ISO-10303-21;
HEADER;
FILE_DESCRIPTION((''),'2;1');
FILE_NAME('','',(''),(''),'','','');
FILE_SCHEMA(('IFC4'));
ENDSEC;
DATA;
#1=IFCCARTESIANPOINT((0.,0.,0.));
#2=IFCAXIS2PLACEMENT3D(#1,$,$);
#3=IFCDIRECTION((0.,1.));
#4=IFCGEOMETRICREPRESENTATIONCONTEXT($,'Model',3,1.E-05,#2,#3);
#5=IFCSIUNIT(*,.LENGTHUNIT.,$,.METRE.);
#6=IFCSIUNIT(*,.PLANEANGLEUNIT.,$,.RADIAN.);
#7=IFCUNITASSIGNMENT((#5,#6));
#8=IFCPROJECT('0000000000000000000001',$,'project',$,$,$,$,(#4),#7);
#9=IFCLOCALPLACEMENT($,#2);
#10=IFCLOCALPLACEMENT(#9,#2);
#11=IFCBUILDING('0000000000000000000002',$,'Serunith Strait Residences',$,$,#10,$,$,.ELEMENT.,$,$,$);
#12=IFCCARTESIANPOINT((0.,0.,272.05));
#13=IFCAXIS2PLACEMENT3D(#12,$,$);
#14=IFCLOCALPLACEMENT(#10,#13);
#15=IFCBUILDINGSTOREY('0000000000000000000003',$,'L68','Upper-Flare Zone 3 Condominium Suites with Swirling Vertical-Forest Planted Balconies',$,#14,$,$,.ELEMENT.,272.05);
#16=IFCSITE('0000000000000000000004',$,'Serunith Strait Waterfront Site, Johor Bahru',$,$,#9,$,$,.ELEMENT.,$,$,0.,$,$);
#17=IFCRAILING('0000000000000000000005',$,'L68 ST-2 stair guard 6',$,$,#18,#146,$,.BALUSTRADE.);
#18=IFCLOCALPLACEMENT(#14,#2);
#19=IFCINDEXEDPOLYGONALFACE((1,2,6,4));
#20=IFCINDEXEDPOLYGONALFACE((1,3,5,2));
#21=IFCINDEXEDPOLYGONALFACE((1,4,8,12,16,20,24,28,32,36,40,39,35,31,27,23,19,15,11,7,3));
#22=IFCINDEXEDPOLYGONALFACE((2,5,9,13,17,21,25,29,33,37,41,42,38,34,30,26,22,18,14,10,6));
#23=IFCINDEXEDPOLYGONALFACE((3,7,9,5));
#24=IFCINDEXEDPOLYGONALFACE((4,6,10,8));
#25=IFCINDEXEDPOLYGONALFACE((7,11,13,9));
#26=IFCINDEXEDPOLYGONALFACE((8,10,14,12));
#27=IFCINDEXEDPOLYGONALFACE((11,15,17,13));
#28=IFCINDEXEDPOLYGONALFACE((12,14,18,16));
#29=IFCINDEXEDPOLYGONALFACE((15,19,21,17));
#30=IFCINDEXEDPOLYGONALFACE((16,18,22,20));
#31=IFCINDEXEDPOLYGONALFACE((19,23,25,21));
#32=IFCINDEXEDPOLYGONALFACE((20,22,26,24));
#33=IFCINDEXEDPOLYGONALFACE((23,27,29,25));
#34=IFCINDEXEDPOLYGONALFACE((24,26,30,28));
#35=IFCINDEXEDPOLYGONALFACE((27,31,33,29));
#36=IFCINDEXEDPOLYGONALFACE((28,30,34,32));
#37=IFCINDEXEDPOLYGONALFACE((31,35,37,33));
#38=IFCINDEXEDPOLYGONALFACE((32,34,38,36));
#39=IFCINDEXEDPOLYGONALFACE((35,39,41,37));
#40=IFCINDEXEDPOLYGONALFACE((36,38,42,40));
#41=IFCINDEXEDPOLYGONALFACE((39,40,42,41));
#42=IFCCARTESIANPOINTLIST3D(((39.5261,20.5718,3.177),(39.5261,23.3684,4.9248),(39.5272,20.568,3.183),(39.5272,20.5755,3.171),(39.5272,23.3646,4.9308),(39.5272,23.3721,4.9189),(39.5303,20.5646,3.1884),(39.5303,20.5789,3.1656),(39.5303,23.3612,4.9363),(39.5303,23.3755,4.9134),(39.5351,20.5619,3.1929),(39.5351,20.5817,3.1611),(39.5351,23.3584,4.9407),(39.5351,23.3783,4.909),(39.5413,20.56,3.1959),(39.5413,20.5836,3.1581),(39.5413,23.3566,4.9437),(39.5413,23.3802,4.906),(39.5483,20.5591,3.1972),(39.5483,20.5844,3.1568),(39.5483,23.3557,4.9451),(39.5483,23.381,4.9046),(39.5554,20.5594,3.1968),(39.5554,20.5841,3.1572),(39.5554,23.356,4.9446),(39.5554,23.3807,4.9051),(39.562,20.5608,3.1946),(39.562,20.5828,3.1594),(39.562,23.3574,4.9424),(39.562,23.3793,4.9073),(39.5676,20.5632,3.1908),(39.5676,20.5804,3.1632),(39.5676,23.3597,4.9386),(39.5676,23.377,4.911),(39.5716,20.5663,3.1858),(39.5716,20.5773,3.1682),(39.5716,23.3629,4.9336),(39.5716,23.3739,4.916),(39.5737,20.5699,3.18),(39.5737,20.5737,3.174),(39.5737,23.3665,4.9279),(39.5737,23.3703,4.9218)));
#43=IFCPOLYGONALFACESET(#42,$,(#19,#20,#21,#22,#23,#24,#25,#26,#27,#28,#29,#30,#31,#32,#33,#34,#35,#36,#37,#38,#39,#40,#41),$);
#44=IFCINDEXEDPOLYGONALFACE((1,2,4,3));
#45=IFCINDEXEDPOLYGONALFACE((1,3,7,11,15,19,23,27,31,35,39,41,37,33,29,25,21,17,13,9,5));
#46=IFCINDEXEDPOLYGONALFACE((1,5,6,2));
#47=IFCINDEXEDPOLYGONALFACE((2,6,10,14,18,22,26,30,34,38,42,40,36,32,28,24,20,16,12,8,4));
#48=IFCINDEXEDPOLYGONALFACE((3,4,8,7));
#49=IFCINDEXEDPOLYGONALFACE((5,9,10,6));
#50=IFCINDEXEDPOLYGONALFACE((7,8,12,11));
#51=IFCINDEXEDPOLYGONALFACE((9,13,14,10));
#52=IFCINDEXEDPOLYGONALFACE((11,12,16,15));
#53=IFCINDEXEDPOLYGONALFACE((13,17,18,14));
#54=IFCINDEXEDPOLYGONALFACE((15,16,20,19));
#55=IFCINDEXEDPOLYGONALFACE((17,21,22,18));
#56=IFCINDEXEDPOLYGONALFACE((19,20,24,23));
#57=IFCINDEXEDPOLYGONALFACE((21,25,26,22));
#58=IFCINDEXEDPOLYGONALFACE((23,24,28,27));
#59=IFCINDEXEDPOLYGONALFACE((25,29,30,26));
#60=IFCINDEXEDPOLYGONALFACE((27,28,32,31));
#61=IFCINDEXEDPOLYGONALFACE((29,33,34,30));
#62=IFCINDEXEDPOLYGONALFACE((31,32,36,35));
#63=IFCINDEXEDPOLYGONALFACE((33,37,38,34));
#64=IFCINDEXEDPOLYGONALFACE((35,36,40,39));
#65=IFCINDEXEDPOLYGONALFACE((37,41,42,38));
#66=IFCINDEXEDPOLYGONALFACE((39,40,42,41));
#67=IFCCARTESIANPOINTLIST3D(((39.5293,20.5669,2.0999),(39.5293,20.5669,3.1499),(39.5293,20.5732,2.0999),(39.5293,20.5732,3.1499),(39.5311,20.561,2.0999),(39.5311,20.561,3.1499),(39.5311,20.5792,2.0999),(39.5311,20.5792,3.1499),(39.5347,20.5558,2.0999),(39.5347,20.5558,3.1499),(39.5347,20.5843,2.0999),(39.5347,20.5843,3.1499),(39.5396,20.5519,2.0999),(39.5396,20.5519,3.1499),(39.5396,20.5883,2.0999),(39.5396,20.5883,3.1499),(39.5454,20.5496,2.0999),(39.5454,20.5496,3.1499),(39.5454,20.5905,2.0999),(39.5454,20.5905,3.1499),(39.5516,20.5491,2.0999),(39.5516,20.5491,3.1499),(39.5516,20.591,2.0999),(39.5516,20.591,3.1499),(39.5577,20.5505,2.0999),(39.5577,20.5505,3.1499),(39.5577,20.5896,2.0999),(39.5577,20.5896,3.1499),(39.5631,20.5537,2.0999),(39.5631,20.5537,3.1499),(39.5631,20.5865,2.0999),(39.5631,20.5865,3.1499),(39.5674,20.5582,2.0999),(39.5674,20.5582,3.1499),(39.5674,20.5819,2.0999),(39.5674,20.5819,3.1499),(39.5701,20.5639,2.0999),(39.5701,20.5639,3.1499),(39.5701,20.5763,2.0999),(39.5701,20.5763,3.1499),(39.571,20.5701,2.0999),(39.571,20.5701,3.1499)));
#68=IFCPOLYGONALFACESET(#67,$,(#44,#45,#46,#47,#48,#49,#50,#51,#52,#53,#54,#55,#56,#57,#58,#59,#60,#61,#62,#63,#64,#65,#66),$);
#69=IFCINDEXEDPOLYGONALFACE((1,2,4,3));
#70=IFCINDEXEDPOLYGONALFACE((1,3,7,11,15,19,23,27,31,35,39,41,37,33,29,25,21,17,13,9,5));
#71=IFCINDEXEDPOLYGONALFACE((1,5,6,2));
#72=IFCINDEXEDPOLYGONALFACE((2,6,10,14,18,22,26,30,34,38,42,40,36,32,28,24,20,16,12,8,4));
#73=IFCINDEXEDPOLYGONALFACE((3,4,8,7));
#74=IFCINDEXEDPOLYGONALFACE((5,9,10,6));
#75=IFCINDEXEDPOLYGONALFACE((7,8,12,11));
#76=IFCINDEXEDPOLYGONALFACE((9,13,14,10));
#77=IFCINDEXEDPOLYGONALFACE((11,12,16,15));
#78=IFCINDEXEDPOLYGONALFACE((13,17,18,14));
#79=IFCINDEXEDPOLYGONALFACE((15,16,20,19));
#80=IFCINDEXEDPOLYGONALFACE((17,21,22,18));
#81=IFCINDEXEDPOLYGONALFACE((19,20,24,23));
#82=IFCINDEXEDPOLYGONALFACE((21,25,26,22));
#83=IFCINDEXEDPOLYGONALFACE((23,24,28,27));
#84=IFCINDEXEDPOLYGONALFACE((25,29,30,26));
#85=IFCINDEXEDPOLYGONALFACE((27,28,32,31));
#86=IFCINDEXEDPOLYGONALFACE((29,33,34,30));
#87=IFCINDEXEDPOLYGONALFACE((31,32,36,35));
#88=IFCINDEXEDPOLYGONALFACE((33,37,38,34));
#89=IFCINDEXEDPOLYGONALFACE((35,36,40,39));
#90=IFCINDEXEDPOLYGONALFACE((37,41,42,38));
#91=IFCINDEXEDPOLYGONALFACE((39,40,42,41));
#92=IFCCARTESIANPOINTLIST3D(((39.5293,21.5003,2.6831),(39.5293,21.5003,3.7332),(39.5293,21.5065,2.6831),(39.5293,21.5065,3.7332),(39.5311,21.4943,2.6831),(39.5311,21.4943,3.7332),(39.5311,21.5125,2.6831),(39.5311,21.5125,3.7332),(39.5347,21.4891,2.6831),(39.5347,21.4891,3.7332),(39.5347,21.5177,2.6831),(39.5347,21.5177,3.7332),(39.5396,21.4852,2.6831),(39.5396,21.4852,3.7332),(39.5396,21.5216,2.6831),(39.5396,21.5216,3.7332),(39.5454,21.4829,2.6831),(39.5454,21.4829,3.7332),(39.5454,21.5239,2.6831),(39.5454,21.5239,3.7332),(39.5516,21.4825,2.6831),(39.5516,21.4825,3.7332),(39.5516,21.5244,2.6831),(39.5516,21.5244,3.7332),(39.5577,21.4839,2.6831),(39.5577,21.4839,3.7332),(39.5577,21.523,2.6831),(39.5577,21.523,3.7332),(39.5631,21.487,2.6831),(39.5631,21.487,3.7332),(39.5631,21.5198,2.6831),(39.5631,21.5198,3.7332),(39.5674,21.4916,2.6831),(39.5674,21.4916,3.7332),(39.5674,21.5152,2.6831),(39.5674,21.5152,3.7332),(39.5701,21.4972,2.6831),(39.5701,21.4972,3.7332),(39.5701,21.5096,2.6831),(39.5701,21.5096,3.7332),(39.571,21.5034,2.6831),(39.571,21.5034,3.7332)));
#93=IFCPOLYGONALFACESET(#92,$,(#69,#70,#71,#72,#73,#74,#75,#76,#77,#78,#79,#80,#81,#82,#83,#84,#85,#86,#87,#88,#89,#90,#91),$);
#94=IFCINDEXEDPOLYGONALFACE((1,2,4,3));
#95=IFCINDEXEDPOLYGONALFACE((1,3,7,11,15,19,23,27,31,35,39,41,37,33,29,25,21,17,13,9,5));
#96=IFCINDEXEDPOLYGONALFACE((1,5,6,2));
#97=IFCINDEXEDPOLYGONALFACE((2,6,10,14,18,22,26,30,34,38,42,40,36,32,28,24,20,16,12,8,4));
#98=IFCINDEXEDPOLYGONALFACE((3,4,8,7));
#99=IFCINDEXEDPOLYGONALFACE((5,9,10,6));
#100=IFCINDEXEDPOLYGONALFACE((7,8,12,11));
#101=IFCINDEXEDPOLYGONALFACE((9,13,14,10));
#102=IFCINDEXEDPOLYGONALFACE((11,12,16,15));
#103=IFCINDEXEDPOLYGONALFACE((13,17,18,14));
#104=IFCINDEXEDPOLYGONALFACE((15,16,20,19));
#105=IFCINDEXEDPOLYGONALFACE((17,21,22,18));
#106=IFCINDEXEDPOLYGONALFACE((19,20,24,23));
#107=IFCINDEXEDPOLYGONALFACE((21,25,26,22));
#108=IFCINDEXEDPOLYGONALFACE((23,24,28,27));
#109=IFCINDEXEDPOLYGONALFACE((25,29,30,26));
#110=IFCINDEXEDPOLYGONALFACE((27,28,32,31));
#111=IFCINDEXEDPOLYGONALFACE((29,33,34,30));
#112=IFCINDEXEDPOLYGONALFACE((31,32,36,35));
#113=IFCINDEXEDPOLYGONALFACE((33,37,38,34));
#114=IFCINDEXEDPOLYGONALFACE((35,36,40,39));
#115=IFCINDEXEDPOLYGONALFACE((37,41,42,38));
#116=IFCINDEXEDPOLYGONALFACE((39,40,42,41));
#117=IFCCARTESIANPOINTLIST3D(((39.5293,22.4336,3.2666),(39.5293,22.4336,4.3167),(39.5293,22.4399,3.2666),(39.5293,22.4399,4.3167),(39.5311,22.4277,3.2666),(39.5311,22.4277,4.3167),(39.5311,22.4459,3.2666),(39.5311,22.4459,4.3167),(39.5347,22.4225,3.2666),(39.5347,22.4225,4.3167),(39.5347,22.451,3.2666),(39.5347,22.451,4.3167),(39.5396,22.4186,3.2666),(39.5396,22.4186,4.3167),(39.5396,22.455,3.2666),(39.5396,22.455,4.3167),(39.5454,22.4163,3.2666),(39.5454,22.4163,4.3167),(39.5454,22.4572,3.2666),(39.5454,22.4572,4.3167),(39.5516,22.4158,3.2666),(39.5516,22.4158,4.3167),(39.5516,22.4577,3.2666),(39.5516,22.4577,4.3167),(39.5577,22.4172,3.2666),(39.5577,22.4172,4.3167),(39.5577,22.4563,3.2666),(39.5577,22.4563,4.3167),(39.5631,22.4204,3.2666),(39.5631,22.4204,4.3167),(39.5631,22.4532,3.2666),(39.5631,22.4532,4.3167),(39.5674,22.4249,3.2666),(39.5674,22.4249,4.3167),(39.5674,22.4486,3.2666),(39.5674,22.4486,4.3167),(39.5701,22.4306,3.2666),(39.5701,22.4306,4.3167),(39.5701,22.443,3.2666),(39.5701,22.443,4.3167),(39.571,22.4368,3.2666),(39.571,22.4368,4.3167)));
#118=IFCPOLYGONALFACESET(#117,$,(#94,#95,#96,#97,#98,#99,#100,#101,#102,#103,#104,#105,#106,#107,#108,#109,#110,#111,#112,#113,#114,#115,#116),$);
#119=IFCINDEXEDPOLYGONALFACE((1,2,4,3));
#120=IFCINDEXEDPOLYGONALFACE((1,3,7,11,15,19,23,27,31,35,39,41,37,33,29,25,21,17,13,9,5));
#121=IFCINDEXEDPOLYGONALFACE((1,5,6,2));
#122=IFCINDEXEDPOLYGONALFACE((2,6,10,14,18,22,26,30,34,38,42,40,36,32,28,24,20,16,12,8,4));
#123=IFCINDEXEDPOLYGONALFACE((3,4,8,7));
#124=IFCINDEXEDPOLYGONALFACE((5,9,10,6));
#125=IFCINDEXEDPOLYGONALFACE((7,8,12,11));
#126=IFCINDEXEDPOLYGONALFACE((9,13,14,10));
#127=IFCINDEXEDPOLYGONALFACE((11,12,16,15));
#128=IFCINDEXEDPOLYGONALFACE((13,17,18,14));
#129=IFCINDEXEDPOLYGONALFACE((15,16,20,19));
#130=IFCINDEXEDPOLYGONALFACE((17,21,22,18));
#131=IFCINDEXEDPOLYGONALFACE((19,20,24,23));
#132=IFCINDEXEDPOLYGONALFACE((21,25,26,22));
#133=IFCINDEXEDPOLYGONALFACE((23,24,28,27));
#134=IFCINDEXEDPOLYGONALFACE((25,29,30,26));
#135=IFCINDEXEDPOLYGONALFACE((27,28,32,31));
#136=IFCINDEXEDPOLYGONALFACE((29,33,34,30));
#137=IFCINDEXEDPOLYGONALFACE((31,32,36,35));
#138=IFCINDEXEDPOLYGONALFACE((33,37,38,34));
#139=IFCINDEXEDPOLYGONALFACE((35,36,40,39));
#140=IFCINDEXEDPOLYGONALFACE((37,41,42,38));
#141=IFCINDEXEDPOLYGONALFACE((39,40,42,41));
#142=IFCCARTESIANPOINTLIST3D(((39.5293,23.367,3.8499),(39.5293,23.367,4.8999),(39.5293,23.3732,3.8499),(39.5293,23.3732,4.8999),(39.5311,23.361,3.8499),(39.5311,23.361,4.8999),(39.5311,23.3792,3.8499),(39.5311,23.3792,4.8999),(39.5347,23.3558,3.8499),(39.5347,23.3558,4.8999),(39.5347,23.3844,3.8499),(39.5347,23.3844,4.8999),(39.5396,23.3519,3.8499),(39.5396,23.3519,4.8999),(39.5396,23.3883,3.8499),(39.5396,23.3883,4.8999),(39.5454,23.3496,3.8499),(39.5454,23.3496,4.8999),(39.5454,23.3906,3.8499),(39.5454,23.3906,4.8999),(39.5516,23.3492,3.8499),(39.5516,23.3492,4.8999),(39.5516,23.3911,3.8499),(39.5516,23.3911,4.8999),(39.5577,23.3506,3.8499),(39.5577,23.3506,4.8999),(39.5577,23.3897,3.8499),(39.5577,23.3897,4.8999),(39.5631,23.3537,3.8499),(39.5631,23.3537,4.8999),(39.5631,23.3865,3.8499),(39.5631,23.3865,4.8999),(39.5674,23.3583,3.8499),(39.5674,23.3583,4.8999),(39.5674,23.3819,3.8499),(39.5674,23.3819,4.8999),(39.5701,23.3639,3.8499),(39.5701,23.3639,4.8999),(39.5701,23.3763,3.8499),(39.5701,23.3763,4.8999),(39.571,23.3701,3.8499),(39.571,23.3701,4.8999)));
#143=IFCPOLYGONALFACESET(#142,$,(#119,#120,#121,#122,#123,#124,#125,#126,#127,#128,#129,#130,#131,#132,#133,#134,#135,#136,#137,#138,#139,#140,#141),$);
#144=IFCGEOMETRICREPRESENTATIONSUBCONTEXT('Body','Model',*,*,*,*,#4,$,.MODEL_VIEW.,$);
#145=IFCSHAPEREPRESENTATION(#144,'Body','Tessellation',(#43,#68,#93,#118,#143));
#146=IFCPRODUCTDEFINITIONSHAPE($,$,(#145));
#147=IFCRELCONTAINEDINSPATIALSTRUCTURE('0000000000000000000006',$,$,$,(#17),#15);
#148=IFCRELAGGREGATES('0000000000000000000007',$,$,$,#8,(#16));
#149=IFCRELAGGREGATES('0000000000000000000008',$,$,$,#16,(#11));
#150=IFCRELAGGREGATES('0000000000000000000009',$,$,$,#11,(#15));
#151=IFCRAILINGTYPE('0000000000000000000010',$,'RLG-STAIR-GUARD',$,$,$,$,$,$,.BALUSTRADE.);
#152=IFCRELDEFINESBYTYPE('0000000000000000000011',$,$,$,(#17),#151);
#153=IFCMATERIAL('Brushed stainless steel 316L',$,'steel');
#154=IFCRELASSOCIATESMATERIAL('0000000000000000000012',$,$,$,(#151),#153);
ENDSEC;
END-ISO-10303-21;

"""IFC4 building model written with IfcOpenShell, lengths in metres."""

from ifc_helpers import new_model, si_unit, direction, frame, origin, origin_2d, place, context, subcontext, project, spatial, circle, extrude, material, type_object, element, save


model = new_model("IFC4")

# Units and contexts
model_context = context("Model", 3, precision=1e-05, world=origin(), true_north=direction((0.0, 1.0)))
body_context = subcontext(model_context, "Body", "Model", "MODEL_VIEW")
ifc_project = project(units=[si_unit("LENGTHUNIT", "METRE"), si_unit("PLANEANGLEUNIT", "RADIAN")], contexts=[model_context])

# Site, building, storey
site_placement = place(None, origin())
site = spatial("IfcSite", under=ifc_project, at=site_placement, Name="Serunith Strait Waterfront Site, Johor Bahru", CompositionType="ELEMENT", RefElevation=0.0)
building_placement = place(site_placement, origin())
building = spatial("IfcBuilding", under=site, at=building_placement, Name="Serunith Strait Residences", CompositionType="ELEMENT")
storey_placement = place(building_placement, frame((0.0, 0.0, 272.05)))
storey = spatial("IfcBuildingStorey", under=building, at=storey_placement, Name="L68", Description="Upper-Flare Zone 3 Condominium Suites with Swirling Vertical-Forest Planted Balconies", CompositionType="ELEMENT", Elevation=272.05)

# Railing
ifc_material_1 = material(Name="Brushed stainless steel 316L", Category="steel")
railing_type_1 = type_object("IfcRailingType", Name="RLG-STAIR-GUARD", PredefinedType="BALUSTRADE", material=ifc_material_1)
railing_1_placement = place(storey_placement, frame((39.55, 20.5701, 2.0999)))
element("IfcRailing", 1, at=railing_1_placement, inside=storey, type_object=railing_type_1, Name="L68 ST-2 stair guard 6", PredefinedType="BALUSTRADE", context=body_context, shape_type="SweptSolid", body=[
    extrude(circle(Radius=0.0239, at=origin_2d()), frame((0.0, 0.0017, 1.0771), z_axis=(0.0, 0.848002, 0.529992), x_axis=(-1.0, 0.0, 0.0)), (0.0, 0.0, 1.0), 3.2979),
    extrude(circle(Radius=0.021, at=origin_2d()), origin(), (0.0, 0.0, 1.0), 1.05),
    extrude(circle(Radius=0.021, at=origin_2d()), frame((0.0, 0.9333, 0.5833)), (0.0, 0.0, 1.0), 1.05),
    extrude(circle(Radius=0.021, at=origin_2d()), frame((0.0, 1.8667, 1.1667)), (0.0, 0.0, 1.0), 1.05),
    extrude(circle(Radius=0.021, at=origin_2d()), frame((0.0, 2.8, 1.75)), (0.0, 0.0, 1.0), 1.05),
])

save(model, "model.ifc")
